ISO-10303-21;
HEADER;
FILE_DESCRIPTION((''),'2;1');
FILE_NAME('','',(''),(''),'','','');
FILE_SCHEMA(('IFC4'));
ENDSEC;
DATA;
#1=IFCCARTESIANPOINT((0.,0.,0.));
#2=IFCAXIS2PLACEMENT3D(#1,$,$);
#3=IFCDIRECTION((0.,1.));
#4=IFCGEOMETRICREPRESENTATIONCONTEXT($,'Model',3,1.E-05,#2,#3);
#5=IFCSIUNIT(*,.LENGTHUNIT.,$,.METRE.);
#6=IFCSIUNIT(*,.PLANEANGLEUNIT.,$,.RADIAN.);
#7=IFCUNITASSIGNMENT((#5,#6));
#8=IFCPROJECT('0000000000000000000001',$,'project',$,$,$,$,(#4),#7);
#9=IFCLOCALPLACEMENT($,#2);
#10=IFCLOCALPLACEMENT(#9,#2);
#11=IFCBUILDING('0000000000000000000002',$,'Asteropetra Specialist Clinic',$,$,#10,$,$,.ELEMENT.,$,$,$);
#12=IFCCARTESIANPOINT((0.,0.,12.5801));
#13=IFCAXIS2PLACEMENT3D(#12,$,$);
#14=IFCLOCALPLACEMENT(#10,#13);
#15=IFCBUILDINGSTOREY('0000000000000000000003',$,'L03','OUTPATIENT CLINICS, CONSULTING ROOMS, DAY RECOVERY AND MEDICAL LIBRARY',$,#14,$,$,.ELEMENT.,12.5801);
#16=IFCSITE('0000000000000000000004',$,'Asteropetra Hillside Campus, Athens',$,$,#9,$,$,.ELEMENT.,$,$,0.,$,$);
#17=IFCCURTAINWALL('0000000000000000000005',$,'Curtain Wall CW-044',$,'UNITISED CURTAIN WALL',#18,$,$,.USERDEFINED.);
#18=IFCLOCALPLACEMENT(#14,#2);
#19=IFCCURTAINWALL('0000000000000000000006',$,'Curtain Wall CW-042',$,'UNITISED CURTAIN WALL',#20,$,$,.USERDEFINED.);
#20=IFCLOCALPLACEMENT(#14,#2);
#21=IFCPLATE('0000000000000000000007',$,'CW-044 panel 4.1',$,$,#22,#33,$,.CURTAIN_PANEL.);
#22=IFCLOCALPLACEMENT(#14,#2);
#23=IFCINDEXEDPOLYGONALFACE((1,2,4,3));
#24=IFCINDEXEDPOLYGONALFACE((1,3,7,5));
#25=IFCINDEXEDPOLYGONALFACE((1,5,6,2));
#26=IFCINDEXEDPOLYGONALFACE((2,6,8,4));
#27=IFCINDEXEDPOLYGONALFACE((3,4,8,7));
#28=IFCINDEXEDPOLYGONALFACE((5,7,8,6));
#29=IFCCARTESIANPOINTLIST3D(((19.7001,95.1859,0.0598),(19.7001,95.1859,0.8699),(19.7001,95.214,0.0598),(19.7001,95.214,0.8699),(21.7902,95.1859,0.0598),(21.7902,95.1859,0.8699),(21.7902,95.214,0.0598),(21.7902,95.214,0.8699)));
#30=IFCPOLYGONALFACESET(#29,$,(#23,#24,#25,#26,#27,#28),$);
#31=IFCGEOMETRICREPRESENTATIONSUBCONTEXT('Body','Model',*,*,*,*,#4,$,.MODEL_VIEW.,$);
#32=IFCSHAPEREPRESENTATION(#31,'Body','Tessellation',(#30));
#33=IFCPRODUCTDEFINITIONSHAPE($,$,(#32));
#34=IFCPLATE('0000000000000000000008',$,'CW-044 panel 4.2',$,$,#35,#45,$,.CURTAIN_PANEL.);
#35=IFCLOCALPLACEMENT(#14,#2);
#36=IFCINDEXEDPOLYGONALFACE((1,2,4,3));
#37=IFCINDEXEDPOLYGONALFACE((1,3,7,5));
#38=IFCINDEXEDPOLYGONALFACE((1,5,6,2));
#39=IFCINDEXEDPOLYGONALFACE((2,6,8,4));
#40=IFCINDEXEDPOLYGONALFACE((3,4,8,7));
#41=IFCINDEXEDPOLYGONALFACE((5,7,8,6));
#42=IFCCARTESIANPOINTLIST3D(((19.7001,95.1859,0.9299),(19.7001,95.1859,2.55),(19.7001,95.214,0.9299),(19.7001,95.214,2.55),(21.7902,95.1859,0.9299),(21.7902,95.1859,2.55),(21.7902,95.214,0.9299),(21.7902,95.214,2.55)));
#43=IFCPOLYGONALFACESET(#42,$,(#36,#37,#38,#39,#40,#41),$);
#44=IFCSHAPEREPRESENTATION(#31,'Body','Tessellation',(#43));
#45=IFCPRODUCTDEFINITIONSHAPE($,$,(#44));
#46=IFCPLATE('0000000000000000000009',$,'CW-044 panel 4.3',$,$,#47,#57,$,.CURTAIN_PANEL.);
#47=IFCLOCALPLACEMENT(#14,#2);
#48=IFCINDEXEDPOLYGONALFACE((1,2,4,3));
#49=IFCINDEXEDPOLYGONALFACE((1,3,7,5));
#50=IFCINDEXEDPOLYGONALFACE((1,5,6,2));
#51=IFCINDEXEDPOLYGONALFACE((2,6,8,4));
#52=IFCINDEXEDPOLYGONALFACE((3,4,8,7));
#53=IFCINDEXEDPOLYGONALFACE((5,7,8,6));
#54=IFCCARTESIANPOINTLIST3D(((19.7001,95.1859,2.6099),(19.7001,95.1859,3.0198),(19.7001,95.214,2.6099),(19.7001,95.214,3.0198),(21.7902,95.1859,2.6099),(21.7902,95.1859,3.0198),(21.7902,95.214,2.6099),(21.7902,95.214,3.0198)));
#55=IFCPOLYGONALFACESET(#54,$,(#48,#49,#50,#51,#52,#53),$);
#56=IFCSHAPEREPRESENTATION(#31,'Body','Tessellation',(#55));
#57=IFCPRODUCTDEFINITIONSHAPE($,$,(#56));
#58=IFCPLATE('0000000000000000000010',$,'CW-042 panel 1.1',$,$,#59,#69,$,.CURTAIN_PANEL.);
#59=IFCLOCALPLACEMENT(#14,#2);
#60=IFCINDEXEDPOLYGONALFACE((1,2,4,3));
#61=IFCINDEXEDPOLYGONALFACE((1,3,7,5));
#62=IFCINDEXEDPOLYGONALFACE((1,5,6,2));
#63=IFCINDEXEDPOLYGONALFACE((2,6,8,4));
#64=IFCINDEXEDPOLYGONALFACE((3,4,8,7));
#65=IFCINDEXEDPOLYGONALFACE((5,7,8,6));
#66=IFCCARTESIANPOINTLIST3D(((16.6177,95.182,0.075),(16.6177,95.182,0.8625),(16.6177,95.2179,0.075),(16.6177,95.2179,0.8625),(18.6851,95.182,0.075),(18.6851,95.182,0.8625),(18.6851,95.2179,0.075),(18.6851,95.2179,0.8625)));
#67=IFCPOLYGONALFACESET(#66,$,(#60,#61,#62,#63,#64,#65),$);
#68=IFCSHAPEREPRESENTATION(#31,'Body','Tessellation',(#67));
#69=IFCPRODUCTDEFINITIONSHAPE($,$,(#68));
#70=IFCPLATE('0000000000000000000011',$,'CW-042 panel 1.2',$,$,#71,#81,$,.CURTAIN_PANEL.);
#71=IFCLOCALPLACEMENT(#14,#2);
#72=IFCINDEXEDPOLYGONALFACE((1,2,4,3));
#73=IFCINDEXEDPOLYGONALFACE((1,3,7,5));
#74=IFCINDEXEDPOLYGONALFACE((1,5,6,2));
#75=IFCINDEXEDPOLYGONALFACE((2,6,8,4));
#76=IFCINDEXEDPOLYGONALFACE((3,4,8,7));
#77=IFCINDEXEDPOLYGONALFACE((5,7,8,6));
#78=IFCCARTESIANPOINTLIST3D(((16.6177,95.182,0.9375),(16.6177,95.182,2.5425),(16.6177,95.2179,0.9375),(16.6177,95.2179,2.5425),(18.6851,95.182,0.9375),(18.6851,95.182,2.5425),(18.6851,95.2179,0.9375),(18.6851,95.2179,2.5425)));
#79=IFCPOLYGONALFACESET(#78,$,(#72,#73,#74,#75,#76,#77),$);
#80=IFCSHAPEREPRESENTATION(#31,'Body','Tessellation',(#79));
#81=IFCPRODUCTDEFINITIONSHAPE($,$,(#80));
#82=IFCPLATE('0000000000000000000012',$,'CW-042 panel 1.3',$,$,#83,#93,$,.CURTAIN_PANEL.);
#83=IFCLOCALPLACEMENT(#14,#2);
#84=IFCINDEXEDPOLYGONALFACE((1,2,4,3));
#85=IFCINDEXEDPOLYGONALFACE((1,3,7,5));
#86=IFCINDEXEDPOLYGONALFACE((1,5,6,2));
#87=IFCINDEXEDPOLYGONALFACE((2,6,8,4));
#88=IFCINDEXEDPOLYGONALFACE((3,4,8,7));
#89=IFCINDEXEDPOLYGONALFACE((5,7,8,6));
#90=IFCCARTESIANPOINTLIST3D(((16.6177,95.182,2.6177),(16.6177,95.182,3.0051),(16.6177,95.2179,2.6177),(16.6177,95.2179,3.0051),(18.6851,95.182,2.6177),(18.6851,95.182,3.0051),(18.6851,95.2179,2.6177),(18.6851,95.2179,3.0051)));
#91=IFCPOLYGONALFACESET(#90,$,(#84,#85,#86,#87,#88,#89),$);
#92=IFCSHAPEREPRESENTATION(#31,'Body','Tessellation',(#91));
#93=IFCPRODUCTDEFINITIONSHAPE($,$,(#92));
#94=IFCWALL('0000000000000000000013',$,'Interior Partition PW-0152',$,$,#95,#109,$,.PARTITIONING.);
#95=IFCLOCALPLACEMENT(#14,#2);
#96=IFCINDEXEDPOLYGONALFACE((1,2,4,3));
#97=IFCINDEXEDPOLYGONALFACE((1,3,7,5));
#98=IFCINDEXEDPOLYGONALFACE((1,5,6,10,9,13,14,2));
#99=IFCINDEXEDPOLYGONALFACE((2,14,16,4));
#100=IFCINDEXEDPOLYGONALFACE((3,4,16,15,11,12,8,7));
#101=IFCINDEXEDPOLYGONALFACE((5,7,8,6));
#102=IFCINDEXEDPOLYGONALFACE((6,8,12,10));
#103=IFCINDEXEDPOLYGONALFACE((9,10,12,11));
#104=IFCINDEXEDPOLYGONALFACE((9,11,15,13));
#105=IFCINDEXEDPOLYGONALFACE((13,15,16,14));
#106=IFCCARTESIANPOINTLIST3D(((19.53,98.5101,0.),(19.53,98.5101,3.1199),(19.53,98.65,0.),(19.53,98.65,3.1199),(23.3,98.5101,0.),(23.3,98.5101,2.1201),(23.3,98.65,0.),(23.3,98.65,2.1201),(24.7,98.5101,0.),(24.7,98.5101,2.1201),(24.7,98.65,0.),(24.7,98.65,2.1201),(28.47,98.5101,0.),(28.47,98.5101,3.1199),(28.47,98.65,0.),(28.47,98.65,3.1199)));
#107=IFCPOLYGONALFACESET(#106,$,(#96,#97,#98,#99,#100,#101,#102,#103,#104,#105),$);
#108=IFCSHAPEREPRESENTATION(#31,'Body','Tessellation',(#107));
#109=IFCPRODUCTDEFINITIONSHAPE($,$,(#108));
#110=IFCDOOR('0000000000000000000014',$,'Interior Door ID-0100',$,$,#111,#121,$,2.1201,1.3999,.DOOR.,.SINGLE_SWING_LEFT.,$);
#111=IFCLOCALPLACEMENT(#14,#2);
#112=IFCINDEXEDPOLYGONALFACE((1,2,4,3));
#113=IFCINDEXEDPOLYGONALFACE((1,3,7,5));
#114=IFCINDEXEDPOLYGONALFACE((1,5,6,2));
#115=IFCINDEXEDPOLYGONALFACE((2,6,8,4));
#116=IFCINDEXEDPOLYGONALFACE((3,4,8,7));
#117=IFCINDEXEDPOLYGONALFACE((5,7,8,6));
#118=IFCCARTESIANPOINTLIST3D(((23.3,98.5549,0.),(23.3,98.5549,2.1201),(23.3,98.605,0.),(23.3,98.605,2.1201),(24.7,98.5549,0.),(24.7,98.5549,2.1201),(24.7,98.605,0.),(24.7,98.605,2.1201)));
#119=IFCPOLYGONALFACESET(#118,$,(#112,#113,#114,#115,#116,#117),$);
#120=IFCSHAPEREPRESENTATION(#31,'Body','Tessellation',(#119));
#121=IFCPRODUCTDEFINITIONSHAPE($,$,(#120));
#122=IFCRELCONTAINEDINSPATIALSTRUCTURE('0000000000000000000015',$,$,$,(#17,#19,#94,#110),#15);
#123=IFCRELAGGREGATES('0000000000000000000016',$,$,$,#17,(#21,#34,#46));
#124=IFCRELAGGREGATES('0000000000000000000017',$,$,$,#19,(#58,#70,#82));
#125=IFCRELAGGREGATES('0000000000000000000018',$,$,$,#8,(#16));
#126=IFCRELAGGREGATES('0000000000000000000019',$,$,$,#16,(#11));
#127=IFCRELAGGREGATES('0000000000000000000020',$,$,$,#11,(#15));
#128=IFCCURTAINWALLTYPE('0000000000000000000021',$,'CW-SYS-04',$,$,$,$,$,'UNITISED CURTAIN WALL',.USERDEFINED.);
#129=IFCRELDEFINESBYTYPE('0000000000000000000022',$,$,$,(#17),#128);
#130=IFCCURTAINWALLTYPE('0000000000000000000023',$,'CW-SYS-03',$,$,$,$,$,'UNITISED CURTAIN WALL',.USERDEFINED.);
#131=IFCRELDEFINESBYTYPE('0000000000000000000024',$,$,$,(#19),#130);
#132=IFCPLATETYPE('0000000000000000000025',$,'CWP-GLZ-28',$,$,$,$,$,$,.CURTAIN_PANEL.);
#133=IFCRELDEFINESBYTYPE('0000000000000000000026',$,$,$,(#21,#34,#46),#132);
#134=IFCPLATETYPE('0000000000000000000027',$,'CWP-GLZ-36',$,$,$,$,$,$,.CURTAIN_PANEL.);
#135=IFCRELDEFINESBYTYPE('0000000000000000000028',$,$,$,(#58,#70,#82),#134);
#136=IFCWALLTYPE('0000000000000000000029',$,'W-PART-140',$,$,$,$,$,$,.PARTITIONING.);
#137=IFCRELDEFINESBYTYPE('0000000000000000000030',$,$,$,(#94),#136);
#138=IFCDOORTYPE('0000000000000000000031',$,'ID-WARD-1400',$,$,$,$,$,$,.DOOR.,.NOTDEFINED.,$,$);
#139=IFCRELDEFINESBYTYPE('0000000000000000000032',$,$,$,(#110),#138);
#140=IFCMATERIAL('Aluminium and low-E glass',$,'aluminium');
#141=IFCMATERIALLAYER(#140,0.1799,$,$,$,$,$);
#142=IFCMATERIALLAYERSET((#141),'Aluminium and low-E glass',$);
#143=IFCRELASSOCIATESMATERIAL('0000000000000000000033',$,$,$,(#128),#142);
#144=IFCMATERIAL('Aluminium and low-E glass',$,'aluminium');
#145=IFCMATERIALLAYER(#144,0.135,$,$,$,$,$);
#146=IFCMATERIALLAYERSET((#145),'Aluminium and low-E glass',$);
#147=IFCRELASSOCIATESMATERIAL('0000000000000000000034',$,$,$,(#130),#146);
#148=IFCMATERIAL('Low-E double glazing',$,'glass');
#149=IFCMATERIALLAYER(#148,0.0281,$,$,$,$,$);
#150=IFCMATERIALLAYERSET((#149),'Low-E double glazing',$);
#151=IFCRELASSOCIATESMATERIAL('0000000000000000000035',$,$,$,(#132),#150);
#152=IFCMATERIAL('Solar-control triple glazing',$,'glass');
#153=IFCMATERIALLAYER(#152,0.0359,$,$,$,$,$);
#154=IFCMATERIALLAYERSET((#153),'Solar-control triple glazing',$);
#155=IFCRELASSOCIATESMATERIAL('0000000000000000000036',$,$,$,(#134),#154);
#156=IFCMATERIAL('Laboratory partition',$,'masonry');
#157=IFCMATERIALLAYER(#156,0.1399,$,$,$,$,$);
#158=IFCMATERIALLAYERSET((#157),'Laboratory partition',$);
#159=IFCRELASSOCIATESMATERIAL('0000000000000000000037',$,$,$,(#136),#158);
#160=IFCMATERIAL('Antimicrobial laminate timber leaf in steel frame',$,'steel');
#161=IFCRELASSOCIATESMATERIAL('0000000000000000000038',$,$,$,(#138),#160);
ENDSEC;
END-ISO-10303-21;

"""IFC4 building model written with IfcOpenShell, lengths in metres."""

from ifc_helpers import new_model, si_unit, direction, frame, frame_2d, origin, origin_2d, place, context, subcontext, project, spatial, rectangle, extrude, material, layer, layer_set, type_object, element, fill, aggregate, save


model = new_model("IFC4")

# Units and contexts
model_context = context("Model", 3, precision=1e-05, world=origin(), true_north=direction((0.0, 1.0)))
body_context = subcontext(model_context, "Body", "Model", "MODEL_VIEW")
ifc_project = project(units=[si_unit("LENGTHUNIT", "METRE"), si_unit("PLANEANGLEUNIT", "RADIAN")], contexts=[model_context])

# Site, building, storey
site_placement = place(None, origin())
site = spatial("IfcSite", under=ifc_project, at=site_placement, Name="Asteropetra Hillside Campus, Athens", CompositionType="ELEMENT", RefElevation=0.0)
building_placement = place(site_placement, origin())
building = spatial("IfcBuilding", under=site, at=building_placement, Name="Asteropetra Specialist Clinic", CompositionType="ELEMENT")
storey_placement = place(building_placement, frame((0.0, 0.0, 12.5801)))
storey = spatial("IfcBuildingStorey", under=building, at=storey_placement, Name="L03", Description="OUTPATIENT CLINICS, CONSULTING ROOMS, DAY RECOVERY AND MEDICAL LIBRARY", CompositionType="ELEMENT", Elevation=12.5801)

# Curtain walls
ifc_material_1 = material(Name="Aluminium and low-E glass", Category="aluminium")
ifc_layer_1 = layer(ifc_material_1, 0.1799)
ifc_layer_set_1 = layer_set([ifc_layer_1], Name="Aluminium and low-E glass")
curtain_wall_type_1 = type_object("IfcCurtainWallType", Name="CW-SYS-04", ElementType="UNITISED CURTAIN WALL", PredefinedType="USERDEFINED", material=ifc_layer_set_1)
curtain_wall_1_placement = place(storey_placement, origin())
curtain_wall_1 = element("IfcCurtainWall", 1, at=curtain_wall_1_placement, inside=storey, type_object=curtain_wall_type_1, Name="Curtain Wall CW-044", ObjectType="UNITISED CURTAIN WALL", PredefinedType="USERDEFINED")
ifc_material_2 = material(Name="Aluminium and low-E glass", Category="aluminium")
ifc_layer_2 = layer(ifc_material_2, 0.135)
ifc_layer_set_2 = layer_set([ifc_layer_2], Name="Aluminium and low-E glass")
curtain_wall_type_2 = type_object("IfcCurtainWallType", Name="CW-SYS-03", ElementType="UNITISED CURTAIN WALL", PredefinedType="USERDEFINED", material=ifc_layer_set_2)
curtain_wall_2_placement = place(storey_placement, origin())
curtain_wall_2 = element("IfcCurtainWall", 2, at=curtain_wall_2_placement, inside=storey, type_object=curtain_wall_type_2, Name="Curtain Wall CW-042", ObjectType="UNITISED CURTAIN WALL", PredefinedType="USERDEFINED")

# Plates
ifc_material_3 = material(Name="Low-E double glazing", Category="glass")
ifc_layer_3 = layer(ifc_material_3, 0.0281)
ifc_layer_set_3 = layer_set([ifc_layer_3], Name="Low-E double glazing")
plate_type_1 = type_object("IfcPlateType", Name="CWP-GLZ-28", PredefinedType="CURTAIN_PANEL", material=ifc_layer_set_3)
plate_1_placement = place(storey_placement, frame((20.7451, 95.2, 0.0598), z_axis=(0.0, 0.0, 1.0), x_axis=(-1.0, 0.0, 0.0)))
plate_1 = element("IfcPlate", 3, at=plate_1_placement, type_object=plate_type_1, Name="CW-044 panel 4.1", PredefinedType="CURTAIN_PANEL", context=body_context, shape_type="SweptSolid", body=[
    extrude(rectangle(XDim=2.0901, YDim=0.0281, at=origin_2d()), origin(), (0.0, 0.0, 1.0), 0.8101),
])
plate_2_placement = place(storey_placement, frame((20.7451, 95.2, 0.9299), z_axis=(0.0, 0.0, 1.0), x_axis=(-1.0, 0.0, 0.0)))
plate_2 = element("IfcPlate", 4, at=plate_2_placement, type_object=plate_type_1, Name="CW-044 panel 4.2", PredefinedType="CURTAIN_PANEL", context=body_context, shape_type="SweptSolid", body=[
    extrude(rectangle(XDim=2.0901, YDim=0.0281, at=origin_2d()), origin(), (0.0, 0.0, 1.0), 1.6201),
])
plate_3_placement = place(storey_placement, frame((20.7451, 95.2, 2.6099), z_axis=(0.0, 0.0, 1.0), x_axis=(-1.0, 0.0, 0.0)))
plate_3 = element("IfcPlate", 5, at=plate_3_placement, type_object=plate_type_1, Name="CW-044 panel 4.3", PredefinedType="CURTAIN_PANEL", context=body_context, shape_type="SweptSolid", body=[
    extrude(rectangle(XDim=2.0901, YDim=0.0281, at=origin_2d()), origin(), (0.0, 0.0, 1.0), 0.4099),
])
aggregate(curtain_wall_1, [plate_1, plate_2, plate_3])
ifc_material_4 = material(Name="Solar-control triple glazing", Category="glass")
ifc_layer_4 = layer(ifc_material_4, 0.0359)
ifc_layer_set_4 = layer_set([ifc_layer_4], Name="Solar-control triple glazing")
plate_type_2 = type_object("IfcPlateType", Name="CWP-GLZ-36", PredefinedType="CURTAIN_PANEL", material=ifc_layer_set_4)
plate_4_placement = place(storey_placement, frame((17.6514, 95.2, 0.075), z_axis=(0.0, 0.0, 1.0), x_axis=(-1.0, 0.0, 0.0)))
plate_4 = element("IfcPlate", 6, at=plate_4_placement, type_object=plate_type_2, Name="CW-042 panel 1.1", PredefinedType="CURTAIN_PANEL", context=body_context, shape_type="SweptSolid", body=[
    extrude(rectangle(XDim=2.0674, YDim=0.0359, at=origin_2d()), origin(), (0.0, 0.0, 1.0), 0.7876),
])
plate_5_placement = place(storey_placement, frame((17.6514, 95.2, 0.9375), z_axis=(0.0, 0.0, 1.0), x_axis=(-1.0, 0.0, 0.0)))
plate_5 = element("IfcPlate", 7, at=plate_5_placement, type_object=plate_type_2, Name="CW-042 panel 1.2", PredefinedType="CURTAIN_PANEL", context=body_context, shape_type="SweptSolid", body=[
    extrude(rectangle(XDim=2.0674, YDim=0.0359, at=origin_2d()), origin(), (0.0, 0.0, 1.0), 1.605),
])
plate_6_placement = place(storey_placement, frame((17.6514, 95.2, 2.6177), z_axis=(0.0, 0.0, 1.0), x_axis=(-1.0, 0.0, 0.0)))
plate_6 = element("IfcPlate", 8, at=plate_6_placement, type_object=plate_type_2, Name="CW-042 panel 1.3", PredefinedType="CURTAIN_PANEL", context=body_context, shape_type="SweptSolid", body=[
    extrude(rectangle(XDim=2.0674, YDim=0.0359, at=origin_2d()), origin(), (0.0, 0.0, 1.0), 0.3875),
])
aggregate(curtain_wall_2, [plate_4, plate_5, plate_6])

# Wall, opening, door
ifc_material_5 = material(Name="Laboratory partition", Category="masonry")
ifc_layer_5 = layer(ifc_material_5, 0.1399)
ifc_layer_set_5 = layer_set([ifc_layer_5], Name="Laboratory partition")
wall_type = type_object("IfcWallType", Name="W-PART-140", PredefinedType="PARTITIONING", material=ifc_layer_set_5)
wall_placement = place(storey_placement, frame((19.53, 98.5801, 0.0), z_axis=(0.0, 0.0, 1.0), x_axis=(1.0, 0.0, 0.0)))
wall = element("IfcWall", 9, at=wall_placement, inside=storey, type_object=wall_type, Name="Interior Partition PW-0152", PredefinedType="PARTITIONING", context=body_context, shape_type="SweptSolid", body=[
    extrude(rectangle(XDim=8.9399, YDim=0.1399, at=frame_2d((4.47, 0.0))), origin(), (0.0, 0.0, 1.0), 3.1199),
])
opening_placement = place(wall_placement, frame((3.77, 0.0, 0.0)))
opening = element("IfcOpeningElement", 10, at=opening_placement, cuts=wall, PredefinedType="OPENING", context=body_context, shape_type="SweptSolid", body=[
    extrude(rectangle(XDim=1.3999, YDim=2.1201, at=frame_2d((0.7, 1.0601))), frame((0.0, 0.0798, 0.0), z_axis=(0.0, -1.0, 0.0), x_axis=(1.0, 0.0, 0.0)), (0.0, 0.0, 1.0), 0.1599),
])
ifc_material_6 = material(Name="Antimicrobial laminate timber leaf in steel frame", Category="steel")
door_type = type_object("IfcDoorType", Name="ID-WARD-1400", OperationType="NOTDEFINED", PredefinedType="DOOR", material=ifc_material_6)
door_placement = place(opening_placement, origin())
door = element("IfcDoor", 11, at=door_placement, inside=storey, type_object=door_type, Name="Interior Door ID-0100", OperationType="SINGLE_SWING_LEFT", OverallHeight=2.1201, OverallWidth=1.3999, PredefinedType="DOOR", context=body_context, shape_type="SweptSolid", body=[
    extrude(rectangle(XDim=1.3999, YDim=2.1201, at=frame_2d((0.7, 1.0601))), frame((0.0, 0.0249, 0.0), z_axis=(0.0, -1.0, 0.0), x_axis=(1.0, 0.0, 0.0)), (0.0, 0.0, 1.0), 0.05),
])
fill(opening, door)

save(model, "model.ifc")
